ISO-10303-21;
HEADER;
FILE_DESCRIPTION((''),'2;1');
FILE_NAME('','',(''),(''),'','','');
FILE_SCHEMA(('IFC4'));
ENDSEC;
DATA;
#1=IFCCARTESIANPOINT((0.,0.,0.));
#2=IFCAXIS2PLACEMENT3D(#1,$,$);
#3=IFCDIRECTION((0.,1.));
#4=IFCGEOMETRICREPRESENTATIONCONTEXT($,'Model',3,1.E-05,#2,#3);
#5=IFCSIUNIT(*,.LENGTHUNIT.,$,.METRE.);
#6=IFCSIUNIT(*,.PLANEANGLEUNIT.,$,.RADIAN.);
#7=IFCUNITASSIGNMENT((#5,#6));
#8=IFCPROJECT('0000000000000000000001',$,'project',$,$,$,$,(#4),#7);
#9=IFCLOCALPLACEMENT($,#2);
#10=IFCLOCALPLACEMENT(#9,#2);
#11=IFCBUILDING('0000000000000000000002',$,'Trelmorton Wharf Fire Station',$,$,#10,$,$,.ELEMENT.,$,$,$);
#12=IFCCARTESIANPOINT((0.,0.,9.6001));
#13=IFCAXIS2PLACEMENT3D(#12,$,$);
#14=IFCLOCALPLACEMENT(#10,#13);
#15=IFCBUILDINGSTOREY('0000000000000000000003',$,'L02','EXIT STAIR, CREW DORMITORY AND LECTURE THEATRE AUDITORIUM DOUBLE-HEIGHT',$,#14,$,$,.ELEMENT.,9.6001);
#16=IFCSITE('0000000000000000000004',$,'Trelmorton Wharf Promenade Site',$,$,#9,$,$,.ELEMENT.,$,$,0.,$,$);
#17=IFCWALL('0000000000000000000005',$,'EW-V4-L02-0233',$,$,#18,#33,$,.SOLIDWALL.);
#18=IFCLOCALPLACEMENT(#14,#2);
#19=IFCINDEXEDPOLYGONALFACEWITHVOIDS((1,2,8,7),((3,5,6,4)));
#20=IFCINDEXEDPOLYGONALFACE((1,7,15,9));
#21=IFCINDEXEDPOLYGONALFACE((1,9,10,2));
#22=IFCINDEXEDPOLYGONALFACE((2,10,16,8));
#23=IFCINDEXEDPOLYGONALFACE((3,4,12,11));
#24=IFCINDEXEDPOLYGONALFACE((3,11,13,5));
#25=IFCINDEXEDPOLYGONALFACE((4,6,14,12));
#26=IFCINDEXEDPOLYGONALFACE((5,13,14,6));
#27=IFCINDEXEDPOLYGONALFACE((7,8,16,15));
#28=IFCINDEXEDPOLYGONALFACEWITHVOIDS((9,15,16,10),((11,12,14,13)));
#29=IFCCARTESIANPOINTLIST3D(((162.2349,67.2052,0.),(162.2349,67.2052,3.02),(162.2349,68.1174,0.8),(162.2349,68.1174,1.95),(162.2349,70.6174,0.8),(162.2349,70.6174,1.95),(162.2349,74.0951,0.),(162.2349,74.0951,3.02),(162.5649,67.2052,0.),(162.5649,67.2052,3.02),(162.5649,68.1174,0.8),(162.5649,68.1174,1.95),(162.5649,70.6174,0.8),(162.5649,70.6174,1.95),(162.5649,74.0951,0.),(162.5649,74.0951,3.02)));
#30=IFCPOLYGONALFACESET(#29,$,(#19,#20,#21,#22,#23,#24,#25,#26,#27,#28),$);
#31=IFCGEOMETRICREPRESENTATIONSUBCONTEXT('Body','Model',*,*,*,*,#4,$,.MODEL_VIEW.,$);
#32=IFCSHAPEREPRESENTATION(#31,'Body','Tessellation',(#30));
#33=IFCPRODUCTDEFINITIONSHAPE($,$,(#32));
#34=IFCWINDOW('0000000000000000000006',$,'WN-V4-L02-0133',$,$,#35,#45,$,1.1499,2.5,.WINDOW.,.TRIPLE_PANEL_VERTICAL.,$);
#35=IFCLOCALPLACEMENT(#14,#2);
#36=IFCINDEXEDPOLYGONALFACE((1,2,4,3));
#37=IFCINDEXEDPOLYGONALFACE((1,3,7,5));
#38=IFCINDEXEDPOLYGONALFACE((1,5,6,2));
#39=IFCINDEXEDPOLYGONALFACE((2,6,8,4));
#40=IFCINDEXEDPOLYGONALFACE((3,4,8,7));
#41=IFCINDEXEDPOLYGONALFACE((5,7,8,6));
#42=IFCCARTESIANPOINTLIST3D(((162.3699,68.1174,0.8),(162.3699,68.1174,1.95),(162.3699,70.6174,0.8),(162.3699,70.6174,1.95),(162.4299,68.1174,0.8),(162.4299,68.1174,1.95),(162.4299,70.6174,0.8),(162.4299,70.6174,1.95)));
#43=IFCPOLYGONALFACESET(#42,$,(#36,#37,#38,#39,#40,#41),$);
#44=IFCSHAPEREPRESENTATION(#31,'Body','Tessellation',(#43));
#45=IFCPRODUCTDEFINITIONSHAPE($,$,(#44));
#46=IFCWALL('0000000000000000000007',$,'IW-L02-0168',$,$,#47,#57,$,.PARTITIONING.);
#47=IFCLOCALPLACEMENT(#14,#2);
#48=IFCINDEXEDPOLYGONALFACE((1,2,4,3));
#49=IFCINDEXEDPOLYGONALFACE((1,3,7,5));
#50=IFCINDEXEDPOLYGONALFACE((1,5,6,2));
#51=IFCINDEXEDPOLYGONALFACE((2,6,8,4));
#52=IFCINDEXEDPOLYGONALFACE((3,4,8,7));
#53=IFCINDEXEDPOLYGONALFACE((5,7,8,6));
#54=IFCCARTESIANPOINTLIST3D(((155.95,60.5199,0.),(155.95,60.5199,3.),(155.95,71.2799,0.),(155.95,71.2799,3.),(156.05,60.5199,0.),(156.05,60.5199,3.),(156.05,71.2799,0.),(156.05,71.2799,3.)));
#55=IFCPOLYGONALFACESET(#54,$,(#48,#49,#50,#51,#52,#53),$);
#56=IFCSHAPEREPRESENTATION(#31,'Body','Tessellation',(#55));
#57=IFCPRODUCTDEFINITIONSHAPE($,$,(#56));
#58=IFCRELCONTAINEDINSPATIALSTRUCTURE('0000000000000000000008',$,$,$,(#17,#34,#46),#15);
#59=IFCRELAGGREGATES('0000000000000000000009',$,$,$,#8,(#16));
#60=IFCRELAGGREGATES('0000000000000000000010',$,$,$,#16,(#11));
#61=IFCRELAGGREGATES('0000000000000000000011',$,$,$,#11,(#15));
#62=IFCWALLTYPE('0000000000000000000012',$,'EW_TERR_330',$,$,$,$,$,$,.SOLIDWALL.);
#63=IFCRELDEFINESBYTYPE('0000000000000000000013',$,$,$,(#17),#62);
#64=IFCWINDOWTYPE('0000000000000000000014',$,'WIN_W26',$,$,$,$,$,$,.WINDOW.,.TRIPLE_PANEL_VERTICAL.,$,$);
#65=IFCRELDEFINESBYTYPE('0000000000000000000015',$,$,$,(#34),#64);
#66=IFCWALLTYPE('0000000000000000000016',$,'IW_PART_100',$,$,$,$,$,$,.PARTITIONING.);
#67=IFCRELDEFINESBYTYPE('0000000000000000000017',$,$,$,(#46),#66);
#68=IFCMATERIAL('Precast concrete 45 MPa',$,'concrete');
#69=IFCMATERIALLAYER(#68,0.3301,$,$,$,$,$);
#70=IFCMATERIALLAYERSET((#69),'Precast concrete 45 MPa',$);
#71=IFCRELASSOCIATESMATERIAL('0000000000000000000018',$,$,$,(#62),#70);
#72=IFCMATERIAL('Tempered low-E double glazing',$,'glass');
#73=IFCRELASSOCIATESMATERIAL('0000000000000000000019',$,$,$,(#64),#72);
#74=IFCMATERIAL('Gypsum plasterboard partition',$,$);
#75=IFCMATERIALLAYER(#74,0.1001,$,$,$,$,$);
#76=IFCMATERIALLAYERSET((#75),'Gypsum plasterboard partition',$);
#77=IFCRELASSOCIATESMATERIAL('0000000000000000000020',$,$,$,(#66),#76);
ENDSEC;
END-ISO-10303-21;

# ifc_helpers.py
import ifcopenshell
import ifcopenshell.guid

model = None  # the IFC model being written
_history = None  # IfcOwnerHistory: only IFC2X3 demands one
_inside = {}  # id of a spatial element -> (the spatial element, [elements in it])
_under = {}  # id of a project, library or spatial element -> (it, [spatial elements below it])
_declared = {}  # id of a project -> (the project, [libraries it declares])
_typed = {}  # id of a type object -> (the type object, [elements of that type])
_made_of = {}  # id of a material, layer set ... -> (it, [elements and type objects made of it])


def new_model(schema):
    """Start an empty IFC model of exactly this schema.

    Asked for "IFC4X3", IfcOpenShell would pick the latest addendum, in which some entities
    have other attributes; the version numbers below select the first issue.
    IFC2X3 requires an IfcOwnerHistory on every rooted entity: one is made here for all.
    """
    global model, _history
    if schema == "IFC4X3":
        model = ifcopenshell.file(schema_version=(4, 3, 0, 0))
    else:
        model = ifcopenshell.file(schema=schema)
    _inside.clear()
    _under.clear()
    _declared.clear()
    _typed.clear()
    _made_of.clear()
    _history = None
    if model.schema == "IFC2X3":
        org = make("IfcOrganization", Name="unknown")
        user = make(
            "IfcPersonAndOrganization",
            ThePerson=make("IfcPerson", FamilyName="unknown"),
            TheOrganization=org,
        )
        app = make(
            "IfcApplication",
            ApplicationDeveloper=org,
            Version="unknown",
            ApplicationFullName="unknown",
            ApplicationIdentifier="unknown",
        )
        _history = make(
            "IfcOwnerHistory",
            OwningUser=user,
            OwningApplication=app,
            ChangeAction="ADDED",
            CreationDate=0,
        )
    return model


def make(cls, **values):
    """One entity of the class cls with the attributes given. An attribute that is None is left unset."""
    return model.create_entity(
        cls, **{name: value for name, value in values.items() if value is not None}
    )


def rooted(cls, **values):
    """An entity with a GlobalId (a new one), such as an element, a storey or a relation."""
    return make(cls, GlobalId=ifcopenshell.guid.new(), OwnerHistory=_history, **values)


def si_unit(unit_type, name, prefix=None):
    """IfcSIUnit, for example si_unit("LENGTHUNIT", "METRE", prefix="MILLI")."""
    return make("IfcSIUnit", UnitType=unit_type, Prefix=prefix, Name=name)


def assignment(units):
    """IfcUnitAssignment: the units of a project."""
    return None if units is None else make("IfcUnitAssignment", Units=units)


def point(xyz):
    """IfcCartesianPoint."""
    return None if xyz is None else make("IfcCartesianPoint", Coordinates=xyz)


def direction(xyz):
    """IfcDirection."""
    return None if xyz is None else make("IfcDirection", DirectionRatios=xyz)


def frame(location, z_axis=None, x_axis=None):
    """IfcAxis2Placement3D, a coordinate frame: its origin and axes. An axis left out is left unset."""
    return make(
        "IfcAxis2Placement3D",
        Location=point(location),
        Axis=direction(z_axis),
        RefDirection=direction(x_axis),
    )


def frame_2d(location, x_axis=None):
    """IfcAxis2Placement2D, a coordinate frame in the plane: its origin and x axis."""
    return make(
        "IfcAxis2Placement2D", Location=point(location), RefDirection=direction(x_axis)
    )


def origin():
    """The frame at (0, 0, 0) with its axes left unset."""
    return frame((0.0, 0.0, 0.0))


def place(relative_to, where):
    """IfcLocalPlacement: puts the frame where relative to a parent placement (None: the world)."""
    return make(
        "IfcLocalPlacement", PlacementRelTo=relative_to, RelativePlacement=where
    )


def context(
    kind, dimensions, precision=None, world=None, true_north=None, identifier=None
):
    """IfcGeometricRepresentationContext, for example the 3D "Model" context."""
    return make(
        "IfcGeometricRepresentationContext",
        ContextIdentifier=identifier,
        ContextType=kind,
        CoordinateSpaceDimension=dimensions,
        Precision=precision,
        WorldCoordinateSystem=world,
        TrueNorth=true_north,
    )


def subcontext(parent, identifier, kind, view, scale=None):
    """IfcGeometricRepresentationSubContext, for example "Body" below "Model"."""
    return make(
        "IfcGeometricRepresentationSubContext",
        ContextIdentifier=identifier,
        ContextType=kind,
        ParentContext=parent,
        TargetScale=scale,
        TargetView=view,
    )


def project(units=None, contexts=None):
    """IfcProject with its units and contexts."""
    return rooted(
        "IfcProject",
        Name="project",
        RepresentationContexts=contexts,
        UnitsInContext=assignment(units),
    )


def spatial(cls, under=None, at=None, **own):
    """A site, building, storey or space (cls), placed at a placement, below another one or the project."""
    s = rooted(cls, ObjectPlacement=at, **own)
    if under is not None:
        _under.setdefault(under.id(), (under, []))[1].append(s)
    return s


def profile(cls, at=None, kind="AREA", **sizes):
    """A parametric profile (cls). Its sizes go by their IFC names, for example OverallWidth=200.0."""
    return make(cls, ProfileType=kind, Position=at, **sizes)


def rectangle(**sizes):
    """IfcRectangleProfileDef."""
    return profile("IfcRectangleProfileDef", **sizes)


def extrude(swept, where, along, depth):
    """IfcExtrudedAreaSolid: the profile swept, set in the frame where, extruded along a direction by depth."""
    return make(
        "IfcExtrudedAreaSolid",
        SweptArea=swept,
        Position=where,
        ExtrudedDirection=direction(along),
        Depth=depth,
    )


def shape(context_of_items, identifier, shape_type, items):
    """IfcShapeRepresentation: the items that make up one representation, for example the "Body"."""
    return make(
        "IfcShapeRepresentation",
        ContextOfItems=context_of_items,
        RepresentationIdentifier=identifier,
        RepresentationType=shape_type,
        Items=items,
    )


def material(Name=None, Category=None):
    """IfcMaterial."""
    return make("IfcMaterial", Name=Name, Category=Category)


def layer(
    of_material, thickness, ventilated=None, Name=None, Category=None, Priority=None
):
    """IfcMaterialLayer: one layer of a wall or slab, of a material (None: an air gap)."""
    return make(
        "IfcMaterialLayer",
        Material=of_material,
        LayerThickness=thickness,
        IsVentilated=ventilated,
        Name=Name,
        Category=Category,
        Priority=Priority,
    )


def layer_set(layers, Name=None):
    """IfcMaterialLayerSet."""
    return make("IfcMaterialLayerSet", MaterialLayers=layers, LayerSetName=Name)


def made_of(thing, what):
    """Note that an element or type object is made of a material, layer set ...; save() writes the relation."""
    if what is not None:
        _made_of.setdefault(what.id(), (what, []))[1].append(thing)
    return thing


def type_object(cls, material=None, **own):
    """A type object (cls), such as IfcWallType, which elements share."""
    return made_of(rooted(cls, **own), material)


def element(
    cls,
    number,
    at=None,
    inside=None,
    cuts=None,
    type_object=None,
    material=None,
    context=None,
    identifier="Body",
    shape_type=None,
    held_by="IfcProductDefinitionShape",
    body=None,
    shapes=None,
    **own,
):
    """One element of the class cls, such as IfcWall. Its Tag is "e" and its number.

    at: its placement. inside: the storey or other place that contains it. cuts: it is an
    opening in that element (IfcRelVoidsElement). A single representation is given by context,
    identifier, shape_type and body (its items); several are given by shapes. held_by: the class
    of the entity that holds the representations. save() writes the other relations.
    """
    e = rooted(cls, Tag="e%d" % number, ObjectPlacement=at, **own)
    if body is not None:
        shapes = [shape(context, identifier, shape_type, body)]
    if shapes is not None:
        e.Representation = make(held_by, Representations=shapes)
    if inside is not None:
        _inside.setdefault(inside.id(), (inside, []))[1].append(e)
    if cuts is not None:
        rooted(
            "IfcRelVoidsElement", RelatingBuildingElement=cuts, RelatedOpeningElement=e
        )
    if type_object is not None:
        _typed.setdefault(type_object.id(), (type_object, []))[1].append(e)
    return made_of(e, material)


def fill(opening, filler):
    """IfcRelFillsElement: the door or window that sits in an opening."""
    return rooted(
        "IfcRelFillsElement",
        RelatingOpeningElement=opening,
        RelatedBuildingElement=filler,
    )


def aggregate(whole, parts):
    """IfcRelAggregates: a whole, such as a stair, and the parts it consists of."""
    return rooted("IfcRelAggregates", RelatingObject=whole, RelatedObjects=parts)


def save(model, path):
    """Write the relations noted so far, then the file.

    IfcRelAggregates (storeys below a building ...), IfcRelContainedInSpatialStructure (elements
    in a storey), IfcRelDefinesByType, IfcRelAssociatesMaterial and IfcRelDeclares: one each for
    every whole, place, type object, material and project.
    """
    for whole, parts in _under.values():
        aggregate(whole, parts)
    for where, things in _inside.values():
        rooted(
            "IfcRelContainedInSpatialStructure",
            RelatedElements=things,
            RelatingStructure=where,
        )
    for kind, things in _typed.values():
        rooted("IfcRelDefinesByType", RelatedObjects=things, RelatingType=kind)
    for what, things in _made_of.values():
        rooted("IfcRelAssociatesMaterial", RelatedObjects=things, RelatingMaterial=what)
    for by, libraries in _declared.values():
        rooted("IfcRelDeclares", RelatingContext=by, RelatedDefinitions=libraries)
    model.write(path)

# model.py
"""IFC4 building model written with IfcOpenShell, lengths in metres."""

from ifc_helpers import new_model, si_unit, direction, frame, frame_2d, origin, place, context, subcontext, project, spatial, rectangle, extrude, material, layer, layer_set, type_object, element, fill, save


model = new_model("IFC4")

# Units and contexts
model_context = context("Model", 3, precision=1e-05, world=origin(), true_north=direction((0.0, 1.0)))
body_context = subcontext(model_context, "Body", "Model", "MODEL_VIEW")
ifc_project = project(units=[si_unit("LENGTHUNIT", "METRE"), si_unit("PLANEANGLEUNIT", "RADIAN")], contexts=[model_context])

# Site, building, storey
site_placement = place(None, origin())
site = spatial("IfcSite", under=ifc_project, at=site_placement, Name="Trelmorton Wharf Promenade Site", CompositionType="ELEMENT", RefElevation=0.0)
building_placement = place(site_placement, origin())
building = spatial("IfcBuilding", under=site, at=building_placement, Name="Trelmorton Wharf Fire Station", CompositionType="ELEMENT")
storey_placement = place(building_placement, frame((0.0, 0.0, 9.6001)))
storey = spatial("IfcBuildingStorey", under=building, at=storey_placement, Name="L02", Description="EXIT STAIR, CREW DORMITORY AND LECTURE THEATRE AUDITORIUM DOUBLE-HEIGHT", CompositionType="ELEMENT", Elevation=9.6001)

# Shared definitions
ifc_material_1 = material(Name="Precast concrete 45 MPa", Category="concrete")

# Wall, opening, window
ifc_layer_1 = layer(ifc_material_1, 0.3301)
ifc_layer_set_1 = layer_set([ifc_layer_1], Name="Precast concrete 45 MPa")
wall_type_1 = type_object("IfcWallType", Name="EW_TERR_330", PredefinedType="SOLIDWALL", material=ifc_layer_set_1)
wall_1_placement = place(storey_placement, frame((162.3999, 74.095, 0.0), z_axis=(0.0, 0.0, 1.0), x_axis=(0.0, -1.0, 0.0)))
wall_1 = element("IfcWall", 1, at=wall_1_placement, inside=storey, type_object=wall_type_1, Name="EW-V4-L02-0233", PredefinedType="SOLIDWALL", context=body_context, shape_type="SweptSolid", body=[
    extrude(rectangle(XDim=6.8899, YDim=0.3301, at=frame_2d((3.4448, 0.0))), origin(), (0.0, 0.0, 1.0), 3.02),
])
opening_1_placement = place(wall_1_placement, frame((3.4775, 0.0, 0.8)))
opening_1 = element("IfcOpeningElement", 2, at=opening_1_placement, cuts=wall_1, PredefinedType="OPENING", context=body_context, shape_type="SweptSolid", body=[
    extrude(rectangle(XDim=2.5, YDim=1.1499, at=frame_2d((1.25, 0.575))), frame((0.0, 0.175, 0.0), z_axis=(0.0, -1.0, 0.0), x_axis=(1.0, 0.0, 0.0)), (0.0, 0.0, 1.0), 0.3501),
])
ifc_material_2 = material(Name="Tempered low-E double glazing", Category="glass")
window_type = type_object("IfcWindowType", Name="WIN_W26", PartitioningType="TRIPLE_PANEL_VERTICAL", PredefinedType="WINDOW", material=ifc_material_2)
window_placement = place(opening_1_placement, origin())
window = element("IfcWindow", 3, at=window_placement, inside=storey, type_object=window_type, Name="WN-V4-L02-0133", OverallHeight=1.1499, OverallWidth=2.5, PartitioningType="TRIPLE_PANEL_VERTICAL", PredefinedType="WINDOW", context=body_context, shape_type="SweptSolid", body=[
    extrude(rectangle(XDim=2.5, YDim=1.1499, at=frame_2d((1.25, 0.575))), frame((0.0, 0.03, 0.0), z_axis=(0.0, -1.0, 0.0), x_axis=(1.0, 0.0, 0.0)), (0.0, 0.0, 1.0), 0.0601),
])
fill(opening_1, window)

# Shared definitions
ifc_material_3 = material(Name="Gypsum plasterboard partition")

# Wall
ifc_layer_2 = layer(ifc_material_3, 0.1001)
ifc_layer_set_2 = layer_set([ifc_layer_2], Name="Gypsum plasterboard partition")
wall_type_2 = type_object("IfcWallType", Name="IW_PART_100", PredefinedType="PARTITIONING", material=ifc_layer_set_2)
wall_2_placement = place(storey_placement, frame((156.0, 60.52, 0.0), z_axis=(0.0, 0.0, 1.0), x_axis=(0.0, 1.0, 0.0)))
element("IfcWall", 4, at=wall_2_placement, inside=storey, type_object=wall_type_2, Name="IW-L02-0168", PredefinedType="PARTITIONING", context=body_context, shape_type="SweptSolid", body=[
    extrude(rectangle(XDim=10.76, YDim=0.1001, at=frame_2d((5.3799, 0.0))), origin(), (0.0, 0.0, 1.0), 3.0),
])

save(model, "model.ifc")
